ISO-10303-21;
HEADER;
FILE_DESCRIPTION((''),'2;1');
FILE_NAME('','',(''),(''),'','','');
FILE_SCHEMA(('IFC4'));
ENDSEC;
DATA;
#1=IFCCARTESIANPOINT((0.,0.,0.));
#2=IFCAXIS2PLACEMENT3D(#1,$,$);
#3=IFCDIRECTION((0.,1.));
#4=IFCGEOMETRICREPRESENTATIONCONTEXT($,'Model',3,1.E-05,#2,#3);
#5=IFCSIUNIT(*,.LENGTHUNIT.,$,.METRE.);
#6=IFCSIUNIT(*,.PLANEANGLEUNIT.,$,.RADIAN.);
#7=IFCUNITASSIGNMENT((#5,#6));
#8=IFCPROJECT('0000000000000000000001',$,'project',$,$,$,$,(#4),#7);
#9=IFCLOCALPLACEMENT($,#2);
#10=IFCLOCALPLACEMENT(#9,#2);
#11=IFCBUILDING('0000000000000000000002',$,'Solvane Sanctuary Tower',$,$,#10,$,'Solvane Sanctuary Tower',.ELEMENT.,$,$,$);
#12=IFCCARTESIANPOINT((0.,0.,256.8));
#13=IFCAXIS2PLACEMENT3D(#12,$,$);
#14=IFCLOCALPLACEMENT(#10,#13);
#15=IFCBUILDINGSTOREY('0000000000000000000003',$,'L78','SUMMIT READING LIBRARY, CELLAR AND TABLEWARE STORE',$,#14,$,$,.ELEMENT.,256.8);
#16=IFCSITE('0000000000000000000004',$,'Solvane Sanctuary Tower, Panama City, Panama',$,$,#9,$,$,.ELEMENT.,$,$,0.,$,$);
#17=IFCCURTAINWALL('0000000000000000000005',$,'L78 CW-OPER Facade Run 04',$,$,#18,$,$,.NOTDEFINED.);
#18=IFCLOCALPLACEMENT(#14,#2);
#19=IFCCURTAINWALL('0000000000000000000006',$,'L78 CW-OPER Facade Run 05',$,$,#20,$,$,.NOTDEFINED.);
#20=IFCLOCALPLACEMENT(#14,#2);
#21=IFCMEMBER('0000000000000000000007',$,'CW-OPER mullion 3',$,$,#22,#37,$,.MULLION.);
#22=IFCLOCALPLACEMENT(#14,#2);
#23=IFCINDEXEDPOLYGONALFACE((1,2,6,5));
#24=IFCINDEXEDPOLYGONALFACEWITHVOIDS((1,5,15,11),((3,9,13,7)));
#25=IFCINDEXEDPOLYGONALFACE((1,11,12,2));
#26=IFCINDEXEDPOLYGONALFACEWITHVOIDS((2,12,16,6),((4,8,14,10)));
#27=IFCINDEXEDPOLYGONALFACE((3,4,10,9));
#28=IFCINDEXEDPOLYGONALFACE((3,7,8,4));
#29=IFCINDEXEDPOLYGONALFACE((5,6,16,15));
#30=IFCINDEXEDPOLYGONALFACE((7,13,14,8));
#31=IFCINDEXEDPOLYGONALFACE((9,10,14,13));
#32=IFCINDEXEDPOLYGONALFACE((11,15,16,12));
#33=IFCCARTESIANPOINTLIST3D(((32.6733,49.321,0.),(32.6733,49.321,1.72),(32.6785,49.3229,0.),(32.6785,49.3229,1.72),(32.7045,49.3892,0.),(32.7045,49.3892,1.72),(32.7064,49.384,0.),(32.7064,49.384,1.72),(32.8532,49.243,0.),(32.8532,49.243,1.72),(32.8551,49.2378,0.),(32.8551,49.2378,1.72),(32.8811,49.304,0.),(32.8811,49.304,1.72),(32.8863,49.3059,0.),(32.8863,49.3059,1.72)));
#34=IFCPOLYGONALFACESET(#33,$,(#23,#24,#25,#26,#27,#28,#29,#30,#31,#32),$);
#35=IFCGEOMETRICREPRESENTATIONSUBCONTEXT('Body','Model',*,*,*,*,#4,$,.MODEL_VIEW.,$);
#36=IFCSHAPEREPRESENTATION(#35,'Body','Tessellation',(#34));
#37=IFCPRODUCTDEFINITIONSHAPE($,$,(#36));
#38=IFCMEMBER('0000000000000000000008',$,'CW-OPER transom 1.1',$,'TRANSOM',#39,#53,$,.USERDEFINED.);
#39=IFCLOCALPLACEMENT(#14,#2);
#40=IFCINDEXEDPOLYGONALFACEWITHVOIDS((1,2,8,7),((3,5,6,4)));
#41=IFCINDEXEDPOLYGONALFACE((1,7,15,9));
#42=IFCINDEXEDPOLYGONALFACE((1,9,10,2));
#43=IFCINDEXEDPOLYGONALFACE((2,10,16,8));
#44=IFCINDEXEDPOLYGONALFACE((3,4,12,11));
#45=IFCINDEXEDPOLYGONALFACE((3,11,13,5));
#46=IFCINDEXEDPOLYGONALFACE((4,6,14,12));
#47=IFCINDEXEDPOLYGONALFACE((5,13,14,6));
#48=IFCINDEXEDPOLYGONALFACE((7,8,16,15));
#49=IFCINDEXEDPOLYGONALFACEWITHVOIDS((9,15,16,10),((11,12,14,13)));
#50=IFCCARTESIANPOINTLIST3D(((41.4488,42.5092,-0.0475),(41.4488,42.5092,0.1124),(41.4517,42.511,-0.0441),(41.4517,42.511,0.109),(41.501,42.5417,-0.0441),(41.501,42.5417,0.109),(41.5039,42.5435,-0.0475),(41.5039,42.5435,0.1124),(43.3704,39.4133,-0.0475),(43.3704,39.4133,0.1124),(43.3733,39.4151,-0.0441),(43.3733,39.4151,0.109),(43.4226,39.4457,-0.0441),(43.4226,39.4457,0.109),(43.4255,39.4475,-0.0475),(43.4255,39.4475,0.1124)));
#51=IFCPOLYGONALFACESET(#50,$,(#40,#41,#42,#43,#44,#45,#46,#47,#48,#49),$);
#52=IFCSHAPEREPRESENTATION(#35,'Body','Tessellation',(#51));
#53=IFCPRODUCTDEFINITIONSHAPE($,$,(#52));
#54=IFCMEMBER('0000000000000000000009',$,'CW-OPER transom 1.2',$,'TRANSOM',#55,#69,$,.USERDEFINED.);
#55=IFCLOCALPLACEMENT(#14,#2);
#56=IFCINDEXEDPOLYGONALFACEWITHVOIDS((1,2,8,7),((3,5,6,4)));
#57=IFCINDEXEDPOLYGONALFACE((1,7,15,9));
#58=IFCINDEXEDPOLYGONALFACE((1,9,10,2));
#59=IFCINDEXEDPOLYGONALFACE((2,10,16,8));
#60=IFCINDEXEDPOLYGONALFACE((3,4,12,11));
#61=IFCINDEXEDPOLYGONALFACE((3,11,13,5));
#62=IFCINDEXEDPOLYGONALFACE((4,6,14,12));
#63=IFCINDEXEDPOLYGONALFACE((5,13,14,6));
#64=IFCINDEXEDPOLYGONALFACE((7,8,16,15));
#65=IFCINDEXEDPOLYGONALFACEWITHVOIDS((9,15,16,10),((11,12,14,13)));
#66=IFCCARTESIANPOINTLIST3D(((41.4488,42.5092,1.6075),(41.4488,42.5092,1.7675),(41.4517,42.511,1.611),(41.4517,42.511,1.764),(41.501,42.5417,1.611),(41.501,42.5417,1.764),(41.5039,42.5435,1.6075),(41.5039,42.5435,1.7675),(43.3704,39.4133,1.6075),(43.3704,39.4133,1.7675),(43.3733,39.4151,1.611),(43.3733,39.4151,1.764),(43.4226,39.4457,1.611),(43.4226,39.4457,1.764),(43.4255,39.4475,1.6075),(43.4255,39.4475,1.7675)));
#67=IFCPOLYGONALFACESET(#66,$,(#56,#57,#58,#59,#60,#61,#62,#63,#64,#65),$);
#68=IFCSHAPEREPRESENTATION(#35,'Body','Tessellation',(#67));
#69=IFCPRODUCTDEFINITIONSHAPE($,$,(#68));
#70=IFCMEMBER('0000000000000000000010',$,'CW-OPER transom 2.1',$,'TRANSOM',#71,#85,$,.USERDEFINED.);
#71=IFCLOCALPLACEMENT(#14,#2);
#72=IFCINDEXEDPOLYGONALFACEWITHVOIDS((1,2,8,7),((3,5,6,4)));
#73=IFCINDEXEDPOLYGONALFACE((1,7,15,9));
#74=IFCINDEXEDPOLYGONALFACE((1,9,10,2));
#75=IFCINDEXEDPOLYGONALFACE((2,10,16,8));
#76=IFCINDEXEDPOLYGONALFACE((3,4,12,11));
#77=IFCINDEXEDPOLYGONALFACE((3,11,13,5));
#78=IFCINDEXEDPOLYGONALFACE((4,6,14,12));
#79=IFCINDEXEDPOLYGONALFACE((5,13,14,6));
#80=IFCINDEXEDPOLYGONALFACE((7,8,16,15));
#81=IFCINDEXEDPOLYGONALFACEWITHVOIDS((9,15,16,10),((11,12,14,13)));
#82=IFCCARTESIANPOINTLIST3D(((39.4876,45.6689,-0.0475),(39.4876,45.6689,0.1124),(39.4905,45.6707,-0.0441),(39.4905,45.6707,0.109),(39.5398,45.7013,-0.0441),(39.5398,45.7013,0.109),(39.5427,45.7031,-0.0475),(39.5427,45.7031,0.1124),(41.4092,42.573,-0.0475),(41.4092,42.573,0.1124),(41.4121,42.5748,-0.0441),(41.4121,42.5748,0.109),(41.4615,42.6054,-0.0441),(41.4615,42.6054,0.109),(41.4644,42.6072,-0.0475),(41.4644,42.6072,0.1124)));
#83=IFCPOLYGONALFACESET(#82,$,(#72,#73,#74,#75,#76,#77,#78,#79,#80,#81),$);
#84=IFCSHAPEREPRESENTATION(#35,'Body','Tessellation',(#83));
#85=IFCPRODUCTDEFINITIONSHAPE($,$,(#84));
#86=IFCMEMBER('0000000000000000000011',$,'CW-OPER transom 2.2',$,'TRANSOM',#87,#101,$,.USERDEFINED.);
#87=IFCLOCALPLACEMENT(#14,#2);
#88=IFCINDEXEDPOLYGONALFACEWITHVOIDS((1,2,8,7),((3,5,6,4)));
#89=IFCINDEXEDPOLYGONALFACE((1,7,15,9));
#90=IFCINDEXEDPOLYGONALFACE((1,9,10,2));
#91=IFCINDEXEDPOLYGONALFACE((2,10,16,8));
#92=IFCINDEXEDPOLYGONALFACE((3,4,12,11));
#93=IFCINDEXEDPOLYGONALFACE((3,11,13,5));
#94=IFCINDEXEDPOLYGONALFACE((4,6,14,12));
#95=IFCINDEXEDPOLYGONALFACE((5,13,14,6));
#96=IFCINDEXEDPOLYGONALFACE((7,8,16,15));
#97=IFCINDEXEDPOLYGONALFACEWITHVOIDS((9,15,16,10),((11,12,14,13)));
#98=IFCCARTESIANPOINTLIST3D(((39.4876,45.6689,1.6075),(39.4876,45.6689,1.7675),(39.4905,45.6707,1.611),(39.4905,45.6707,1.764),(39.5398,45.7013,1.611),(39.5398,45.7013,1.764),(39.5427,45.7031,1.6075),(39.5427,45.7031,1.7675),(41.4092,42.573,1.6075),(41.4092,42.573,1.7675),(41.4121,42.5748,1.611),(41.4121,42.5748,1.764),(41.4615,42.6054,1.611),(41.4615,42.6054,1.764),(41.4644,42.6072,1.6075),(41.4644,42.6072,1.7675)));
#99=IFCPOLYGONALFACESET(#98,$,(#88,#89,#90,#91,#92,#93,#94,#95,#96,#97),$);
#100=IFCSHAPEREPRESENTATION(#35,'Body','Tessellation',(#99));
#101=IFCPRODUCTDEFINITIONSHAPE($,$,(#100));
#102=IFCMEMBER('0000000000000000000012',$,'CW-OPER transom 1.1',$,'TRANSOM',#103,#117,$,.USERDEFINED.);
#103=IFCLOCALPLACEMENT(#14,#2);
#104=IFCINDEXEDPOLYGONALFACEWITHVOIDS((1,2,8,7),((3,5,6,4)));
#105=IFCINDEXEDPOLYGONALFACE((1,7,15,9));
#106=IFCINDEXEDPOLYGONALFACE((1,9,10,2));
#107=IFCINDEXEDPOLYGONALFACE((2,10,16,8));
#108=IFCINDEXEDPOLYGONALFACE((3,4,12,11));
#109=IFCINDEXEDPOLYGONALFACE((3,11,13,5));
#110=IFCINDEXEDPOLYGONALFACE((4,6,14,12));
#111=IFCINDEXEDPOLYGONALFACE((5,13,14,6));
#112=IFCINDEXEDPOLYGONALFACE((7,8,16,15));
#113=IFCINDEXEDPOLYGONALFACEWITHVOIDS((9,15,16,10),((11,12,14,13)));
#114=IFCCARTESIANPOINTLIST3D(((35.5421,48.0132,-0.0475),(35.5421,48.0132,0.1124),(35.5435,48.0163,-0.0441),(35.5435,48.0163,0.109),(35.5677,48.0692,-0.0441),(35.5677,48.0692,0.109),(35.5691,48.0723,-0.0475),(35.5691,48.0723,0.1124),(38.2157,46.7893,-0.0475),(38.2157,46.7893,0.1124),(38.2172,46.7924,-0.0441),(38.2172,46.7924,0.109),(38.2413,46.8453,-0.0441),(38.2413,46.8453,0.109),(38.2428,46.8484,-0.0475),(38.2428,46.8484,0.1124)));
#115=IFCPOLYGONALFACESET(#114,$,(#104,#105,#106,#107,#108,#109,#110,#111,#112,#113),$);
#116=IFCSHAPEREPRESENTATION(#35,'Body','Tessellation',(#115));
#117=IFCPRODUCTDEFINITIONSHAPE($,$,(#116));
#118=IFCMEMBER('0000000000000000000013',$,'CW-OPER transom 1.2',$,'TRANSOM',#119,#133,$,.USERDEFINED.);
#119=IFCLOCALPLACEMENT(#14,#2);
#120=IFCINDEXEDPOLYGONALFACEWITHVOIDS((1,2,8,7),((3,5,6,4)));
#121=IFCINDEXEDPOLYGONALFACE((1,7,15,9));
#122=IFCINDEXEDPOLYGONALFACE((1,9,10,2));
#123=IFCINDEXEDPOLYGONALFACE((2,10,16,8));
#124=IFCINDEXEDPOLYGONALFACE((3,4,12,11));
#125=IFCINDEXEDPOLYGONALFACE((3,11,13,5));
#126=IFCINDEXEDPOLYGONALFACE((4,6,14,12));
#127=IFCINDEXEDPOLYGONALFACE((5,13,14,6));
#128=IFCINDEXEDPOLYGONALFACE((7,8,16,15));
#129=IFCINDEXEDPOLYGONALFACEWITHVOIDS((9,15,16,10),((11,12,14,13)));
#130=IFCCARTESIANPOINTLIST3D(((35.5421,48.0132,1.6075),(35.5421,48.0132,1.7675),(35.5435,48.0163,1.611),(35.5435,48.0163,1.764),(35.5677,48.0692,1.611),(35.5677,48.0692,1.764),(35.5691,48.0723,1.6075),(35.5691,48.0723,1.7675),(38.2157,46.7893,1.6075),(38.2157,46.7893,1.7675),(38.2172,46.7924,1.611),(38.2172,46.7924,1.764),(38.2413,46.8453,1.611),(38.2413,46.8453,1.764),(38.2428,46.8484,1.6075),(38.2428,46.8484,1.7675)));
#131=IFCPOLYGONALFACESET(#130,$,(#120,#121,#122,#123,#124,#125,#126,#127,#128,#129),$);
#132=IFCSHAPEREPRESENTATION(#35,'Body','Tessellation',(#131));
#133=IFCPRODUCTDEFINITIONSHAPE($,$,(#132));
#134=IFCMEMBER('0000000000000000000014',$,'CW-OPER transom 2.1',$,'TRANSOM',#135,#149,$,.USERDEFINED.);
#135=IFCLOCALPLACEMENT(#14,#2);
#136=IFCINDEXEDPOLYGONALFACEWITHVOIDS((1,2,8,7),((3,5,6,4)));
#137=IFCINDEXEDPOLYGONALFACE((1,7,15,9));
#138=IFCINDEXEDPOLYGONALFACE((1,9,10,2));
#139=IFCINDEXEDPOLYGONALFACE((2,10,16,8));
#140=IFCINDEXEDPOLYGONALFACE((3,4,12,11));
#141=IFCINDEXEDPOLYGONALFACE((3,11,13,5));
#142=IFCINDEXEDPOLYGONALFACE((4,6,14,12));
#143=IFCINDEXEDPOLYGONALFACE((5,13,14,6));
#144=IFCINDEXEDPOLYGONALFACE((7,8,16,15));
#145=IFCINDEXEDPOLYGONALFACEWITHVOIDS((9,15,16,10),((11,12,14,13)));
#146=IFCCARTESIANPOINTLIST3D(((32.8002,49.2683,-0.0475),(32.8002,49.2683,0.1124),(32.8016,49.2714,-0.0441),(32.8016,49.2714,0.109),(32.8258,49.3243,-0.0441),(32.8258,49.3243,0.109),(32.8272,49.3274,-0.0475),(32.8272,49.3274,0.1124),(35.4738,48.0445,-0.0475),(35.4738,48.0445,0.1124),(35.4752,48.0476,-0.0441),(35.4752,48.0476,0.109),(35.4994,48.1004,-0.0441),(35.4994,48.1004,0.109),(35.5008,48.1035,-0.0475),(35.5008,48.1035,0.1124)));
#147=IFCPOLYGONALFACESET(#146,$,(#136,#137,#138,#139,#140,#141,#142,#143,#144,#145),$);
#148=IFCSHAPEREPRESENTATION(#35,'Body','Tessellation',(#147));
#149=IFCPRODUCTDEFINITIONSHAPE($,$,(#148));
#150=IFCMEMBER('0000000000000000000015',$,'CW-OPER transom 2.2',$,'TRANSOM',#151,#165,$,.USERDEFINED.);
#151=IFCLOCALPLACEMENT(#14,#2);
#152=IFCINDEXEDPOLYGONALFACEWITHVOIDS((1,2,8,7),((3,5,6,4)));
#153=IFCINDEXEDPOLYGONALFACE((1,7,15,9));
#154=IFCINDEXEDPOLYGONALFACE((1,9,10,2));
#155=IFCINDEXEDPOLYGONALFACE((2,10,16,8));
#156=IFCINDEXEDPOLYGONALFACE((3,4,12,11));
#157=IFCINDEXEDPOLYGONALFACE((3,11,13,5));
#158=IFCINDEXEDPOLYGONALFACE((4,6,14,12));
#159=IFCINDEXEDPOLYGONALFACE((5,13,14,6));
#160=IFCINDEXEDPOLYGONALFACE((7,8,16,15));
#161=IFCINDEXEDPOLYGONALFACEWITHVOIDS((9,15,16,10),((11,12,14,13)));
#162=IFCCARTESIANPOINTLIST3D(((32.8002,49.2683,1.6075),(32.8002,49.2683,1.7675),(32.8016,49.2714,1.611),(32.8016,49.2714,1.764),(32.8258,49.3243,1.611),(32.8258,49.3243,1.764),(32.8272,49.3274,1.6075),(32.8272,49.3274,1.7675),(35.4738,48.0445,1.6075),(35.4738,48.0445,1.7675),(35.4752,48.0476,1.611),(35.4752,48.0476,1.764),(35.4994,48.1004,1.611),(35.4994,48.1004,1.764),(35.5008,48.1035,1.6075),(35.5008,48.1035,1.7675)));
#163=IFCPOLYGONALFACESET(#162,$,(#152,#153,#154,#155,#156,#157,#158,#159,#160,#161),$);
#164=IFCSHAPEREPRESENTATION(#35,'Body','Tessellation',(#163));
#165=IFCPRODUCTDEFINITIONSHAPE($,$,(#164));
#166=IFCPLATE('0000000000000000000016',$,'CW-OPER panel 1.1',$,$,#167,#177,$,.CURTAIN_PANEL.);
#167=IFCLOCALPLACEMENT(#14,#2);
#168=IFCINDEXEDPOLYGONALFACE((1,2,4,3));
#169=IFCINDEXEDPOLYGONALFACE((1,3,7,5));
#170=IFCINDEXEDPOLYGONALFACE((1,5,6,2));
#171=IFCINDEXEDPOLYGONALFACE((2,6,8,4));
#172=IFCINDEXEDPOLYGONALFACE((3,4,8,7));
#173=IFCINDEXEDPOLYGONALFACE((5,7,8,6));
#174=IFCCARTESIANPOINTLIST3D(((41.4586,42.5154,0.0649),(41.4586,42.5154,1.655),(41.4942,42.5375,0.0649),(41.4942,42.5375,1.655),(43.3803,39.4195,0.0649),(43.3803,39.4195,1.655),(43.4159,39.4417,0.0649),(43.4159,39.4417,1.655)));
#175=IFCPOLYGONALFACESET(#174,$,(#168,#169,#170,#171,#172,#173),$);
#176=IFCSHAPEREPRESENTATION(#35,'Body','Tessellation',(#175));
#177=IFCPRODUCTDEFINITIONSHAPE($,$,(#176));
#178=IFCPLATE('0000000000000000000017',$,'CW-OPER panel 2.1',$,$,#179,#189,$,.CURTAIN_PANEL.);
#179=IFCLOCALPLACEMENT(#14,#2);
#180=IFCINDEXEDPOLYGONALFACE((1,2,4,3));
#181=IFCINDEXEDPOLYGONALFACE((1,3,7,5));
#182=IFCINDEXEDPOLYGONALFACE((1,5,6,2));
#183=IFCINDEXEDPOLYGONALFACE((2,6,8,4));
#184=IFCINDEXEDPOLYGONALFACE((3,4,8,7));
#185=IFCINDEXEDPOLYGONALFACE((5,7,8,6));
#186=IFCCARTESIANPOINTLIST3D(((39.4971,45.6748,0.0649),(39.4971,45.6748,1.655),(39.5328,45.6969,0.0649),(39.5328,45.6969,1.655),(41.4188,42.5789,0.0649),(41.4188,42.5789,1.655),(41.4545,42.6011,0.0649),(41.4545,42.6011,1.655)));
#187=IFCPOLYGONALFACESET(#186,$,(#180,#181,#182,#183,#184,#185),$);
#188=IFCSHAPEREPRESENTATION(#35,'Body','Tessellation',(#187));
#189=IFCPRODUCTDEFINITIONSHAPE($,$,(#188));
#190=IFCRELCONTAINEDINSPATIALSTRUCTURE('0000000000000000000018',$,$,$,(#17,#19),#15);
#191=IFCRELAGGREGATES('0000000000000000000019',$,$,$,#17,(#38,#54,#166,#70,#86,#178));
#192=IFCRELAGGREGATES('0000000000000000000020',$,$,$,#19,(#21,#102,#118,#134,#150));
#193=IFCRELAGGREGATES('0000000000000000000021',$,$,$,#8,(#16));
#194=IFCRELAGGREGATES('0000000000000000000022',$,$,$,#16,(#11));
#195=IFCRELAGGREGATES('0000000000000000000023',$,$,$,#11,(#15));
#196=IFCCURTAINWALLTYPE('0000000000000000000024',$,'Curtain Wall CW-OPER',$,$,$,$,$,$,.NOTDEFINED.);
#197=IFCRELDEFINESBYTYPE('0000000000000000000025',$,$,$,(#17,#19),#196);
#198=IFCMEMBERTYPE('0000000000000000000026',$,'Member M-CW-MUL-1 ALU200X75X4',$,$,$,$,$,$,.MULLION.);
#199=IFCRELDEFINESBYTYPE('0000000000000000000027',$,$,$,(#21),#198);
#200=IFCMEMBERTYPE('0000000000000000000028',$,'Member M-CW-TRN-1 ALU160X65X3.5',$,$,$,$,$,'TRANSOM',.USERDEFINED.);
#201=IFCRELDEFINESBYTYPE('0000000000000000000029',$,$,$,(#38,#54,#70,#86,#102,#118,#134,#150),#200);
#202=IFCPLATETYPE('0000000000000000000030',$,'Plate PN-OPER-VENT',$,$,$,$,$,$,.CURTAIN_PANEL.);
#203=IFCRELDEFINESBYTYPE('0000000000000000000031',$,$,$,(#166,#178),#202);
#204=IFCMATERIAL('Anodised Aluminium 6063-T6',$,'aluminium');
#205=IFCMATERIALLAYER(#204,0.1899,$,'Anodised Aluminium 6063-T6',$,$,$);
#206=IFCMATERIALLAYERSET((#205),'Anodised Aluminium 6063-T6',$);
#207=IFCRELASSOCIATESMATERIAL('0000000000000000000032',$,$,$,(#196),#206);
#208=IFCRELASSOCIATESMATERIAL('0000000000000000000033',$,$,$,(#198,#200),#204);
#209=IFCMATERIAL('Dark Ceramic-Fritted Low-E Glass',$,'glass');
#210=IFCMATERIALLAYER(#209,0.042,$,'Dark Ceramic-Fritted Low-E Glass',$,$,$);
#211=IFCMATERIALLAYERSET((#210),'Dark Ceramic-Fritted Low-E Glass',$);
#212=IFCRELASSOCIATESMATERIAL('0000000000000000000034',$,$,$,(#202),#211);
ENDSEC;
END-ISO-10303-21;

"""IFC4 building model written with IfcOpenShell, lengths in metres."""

from ifc_helpers import new_model, si_unit, direction, frame, origin, origin_2d, place, context, subcontext, project, spatial, rectangle, hollow_rectangle, extrude, material, layer, layer_set, material_profile, profile_set, type_object, element, aggregate, save


model = new_model("IFC4")

# Units and contexts
model_context = context("Model", 3, precision=1e-05, world=origin(), true_north=direction((0.0, 1.0)))
body_context = subcontext(model_context, "Body", "Model", "MODEL_VIEW")
ifc_project = project(units=[si_unit("LENGTHUNIT", "METRE"), si_unit("PLANEANGLEUNIT", "RADIAN")], contexts=[model_context])

# Site, building, storey
site_placement = place(None, origin())
site = spatial("IfcSite", under=ifc_project, at=site_placement, Name="Solvane Sanctuary Tower, Panama City, Panama", CompositionType="ELEMENT", RefElevation=0.0)
building_placement = place(site_placement, origin())
building = spatial("IfcBuilding", under=site, at=building_placement, Name="Solvane Sanctuary Tower", LongName="Solvane Sanctuary Tower", CompositionType="ELEMENT")
storey_placement = place(building_placement, frame((0.0, 0.0, 256.8)))
storey = spatial("IfcBuildingStorey", under=building, at=storey_placement, Name="L78", Description="SUMMIT READING LIBRARY, CELLAR AND TABLEWARE STORE", CompositionType="ELEMENT", Elevation=256.8)

# Curtain walls, member
ifc_material_1 = material(Name="Anodised Aluminium 6063-T6", Category="aluminium")
ifc_layer_1 = layer(ifc_material_1, 0.1899, Name="Anodised Aluminium 6063-T6")
ifc_layer_set_1 = layer_set([ifc_layer_1], Name="Anodised Aluminium 6063-T6")
curtain_wall_type = type_object("IfcCurtainWallType", Name="Curtain Wall CW-OPER", PredefinedType="NOTDEFINED", material=ifc_layer_set_1)
curtain_wall_1_placement = place(storey_placement, origin())
curtain_wall_1 = element("IfcCurtainWall", 1, at=curtain_wall_1_placement, inside=storey, type_object=curtain_wall_type, Name="L78 CW-OPER Facade Run 04", PredefinedType="NOTDEFINED")
ifc_material_profile_1 = material_profile(ifc_material_1, hollow_rectangle(XDim=0.075, YDim=0.2, WallThickness=0.0039, at=origin_2d()), Name="ALU200X75X4")
ifc_profile_set_1 = profile_set([ifc_material_profile_1], Name="Anodised Aluminium 6063-T6")
member_type_1 = type_object("IfcMemberType", Name="Member M-CW-MUL-1 ALU200X75X4", PredefinedType="MULLION", material=ifc_profile_set_1)
curtain_wall_2_placement = place(storey_placement, origin())
curtain_wall_2 = element("IfcCurtainWall", 2, at=curtain_wall_2_placement, inside=storey, type_object=curtain_wall_type, Name="L78 CW-OPER Facade Run 05", PredefinedType="NOTDEFINED")
member_1_placement = place(storey_placement, frame((32.7798, 49.3135, 0.0), z_axis=(0.0, 0.0, 1.0), x_axis=(-0.416225, -0.909262, 0.0)))
member_1 = element("IfcMember", 3, at=member_1_placement, type_object=member_type_1, Name="CW-OPER mullion 3", PredefinedType="MULLION", context=body_context, shape_type="SweptSolid", body=[
    extrude(hollow_rectangle(XDim=0.075, YDim=0.2, WallThickness=0.0039, at=origin_2d()), origin(), (0.0, 0.0, 1.0), 1.72),
])

# Members
ifc_material_profile_2 = material_profile(ifc_material_1, hollow_rectangle(XDim=0.0649, YDim=0.1599, WallThickness=0.0034, at=origin_2d()), Name="ALU160X65X3.5")
ifc_profile_set_2 = profile_set([ifc_material_profile_2], Name="Anodised Aluminium 6063-T6")
member_type_2 = type_object("IfcMemberType", Name="Member M-CW-TRN-1 ALU160X65X3.5", ElementType="TRANSOM", PredefinedType="USERDEFINED", material=ifc_profile_set_2)
member_2_placement = place(storey_placement, frame((43.3979, 39.4304, 0.0325), z_axis=(-0.527365, 0.849639, 0.0), x_axis=(-0.849639, -0.527365, 0.0)))
member_2 = element("IfcMember", 4, at=member_2_placement, type_object=member_type_2, Name="CW-OPER transom 1.1", ObjectType="TRANSOM", PredefinedType="USERDEFINED", context=body_context, shape_type="SweptSolid", body=[
    extrude(hollow_rectangle(XDim=0.0649, YDim=0.1599, WallThickness=0.0034, at=origin_2d()), origin(), (0.0, 0.0, 1.0), 3.6438),
])
member_3_placement = place(storey_placement, frame((43.3979, 39.4304, 1.6875), z_axis=(-0.527365, 0.849639, 0.0), x_axis=(-0.849639, -0.527365, 0.0)))
member_3 = element("IfcMember", 5, at=member_3_placement, type_object=member_type_2, Name="CW-OPER transom 1.2", ObjectType="TRANSOM", PredefinedType="USERDEFINED", context=body_context, shape_type="SweptSolid", body=[
    extrude(hollow_rectangle(XDim=0.0649, YDim=0.1599, WallThickness=0.0034, at=origin_2d()), origin(), (0.0, 0.0, 1.0), 3.6438),
])
member_4_placement = place(storey_placement, frame((41.4368, 42.5901, 0.0325), z_axis=(-0.527365, 0.849639, 0.0), x_axis=(-0.849639, -0.527365, 0.0)))
member_4 = element("IfcMember", 6, at=member_4_placement, type_object=member_type_2, Name="CW-OPER transom 2.1", ObjectType="TRANSOM", PredefinedType="USERDEFINED", context=body_context, shape_type="SweptSolid", body=[
    extrude(hollow_rectangle(XDim=0.0649, YDim=0.1599, WallThickness=0.0034, at=origin_2d()), origin(), (0.0, 0.0, 1.0), 3.6438),
])
member_5_placement = place(storey_placement, frame((41.4368, 42.5901, 1.6875), z_axis=(-0.527365, 0.849639, 0.0), x_axis=(-0.849639, -0.527365, 0.0)))
member_5 = element("IfcMember", 7, at=member_5_placement, type_object=member_type_2, Name="CW-OPER transom 2.2", ObjectType="TRANSOM", PredefinedType="USERDEFINED", context=body_context, shape_type="SweptSolid", body=[
    extrude(hollow_rectangle(XDim=0.0649, YDim=0.1599, WallThickness=0.0034, at=origin_2d()), origin(), (0.0, 0.0, 1.0), 3.6438),
])
member_6_placement = place(storey_placement, frame((38.2292, 46.8188, 0.0325), z_axis=(-0.90926, 0.416229, 0.0), x_axis=(-0.416229, -0.90926, 0.0)))
member_6 = element("IfcMember", 8, at=member_6_placement, type_object=member_type_2, Name="CW-OPER transom 1.1", ObjectType="TRANSOM", PredefinedType="USERDEFINED", context=body_context, shape_type="SweptSolid", body=[
    extrude(hollow_rectangle(XDim=0.0649, YDim=0.1599, WallThickness=0.0034, at=origin_2d()), origin(), (0.0, 0.0, 1.0), 2.9404),
])
member_7_placement = place(storey_placement, frame((38.2292, 46.8188, 1.6875), z_axis=(-0.90926, 0.416229, 0.0), x_axis=(-0.416229, -0.90926, 0.0)))
member_7 = element("IfcMember", 9, at=member_7_placement, type_object=member_type_2, Name="CW-OPER transom 1.2", ObjectType="TRANSOM", PredefinedType="USERDEFINED", context=body_context, shape_type="SweptSolid", body=[
    extrude(hollow_rectangle(XDim=0.0649, YDim=0.1599, WallThickness=0.0034, at=origin_2d()), origin(), (0.0, 0.0, 1.0), 2.9404),
])
member_8_placement = place(storey_placement, frame((35.4873, 48.074, 0.0325), z_axis=(-0.90926, 0.416229, 0.0), x_axis=(-0.416229, -0.90926, 0.0)))
member_8 = element("IfcMember", 10, at=member_8_placement, type_object=member_type_2, Name="CW-OPER transom 2.1", ObjectType="TRANSOM", PredefinedType="USERDEFINED", context=body_context, shape_type="SweptSolid", body=[
    extrude(hollow_rectangle(XDim=0.0649, YDim=0.1599, WallThickness=0.0034, at=origin_2d()), origin(), (0.0, 0.0, 1.0), 2.9404),
])
member_9_placement = place(storey_placement, frame((35.4873, 48.074, 1.6875), z_axis=(-0.90926, 0.416229, 0.0), x_axis=(-0.416229, -0.90926, 0.0)))
member_9 = element("IfcMember", 11, at=member_9_placement, type_object=member_type_2, Name="CW-OPER transom 2.2", ObjectType="TRANSOM", PredefinedType="USERDEFINED", context=body_context, shape_type="SweptSolid", body=[
    extrude(hollow_rectangle(XDim=0.0649, YDim=0.1599, WallThickness=0.0034, at=origin_2d()), origin(), (0.0, 0.0, 1.0), 2.9404),
])

# Plates
ifc_material_2 = material(Name="Dark Ceramic-Fritted Low-E Glass", Category="glass")
ifc_layer_2 = layer(ifc_material_2, 0.042, Name="Dark Ceramic-Fritted Low-E Glass")
ifc_layer_set_2 = layer_set([ifc_layer_2], Name="Dark Ceramic-Fritted Low-E Glass")
plate_type = type_object("IfcPlateType", Name="Plate PN-OPER-VENT", PredefinedType="CURTAIN_PANEL", material=ifc_layer_set_2)
plate_1_placement = place(storey_placement, frame((42.4373, 40.9785, 0.0649), z_axis=(0.0, 0.0, 1.0), x_axis=(-0.527392, 0.849622, 0.0)))
plate_1 = element("IfcPlate", 12, at=plate_1_placement, type_object=plate_type, Name="CW-OPER panel 1.1", PredefinedType="CURTAIN_PANEL", context=body_context, shape_type="SweptSolid", body=[
    extrude(rectangle(XDim=3.6438, YDim=0.042, at=origin_2d()), origin(), (0.0, 0.0, 1.0), 1.5901),
])
plate_2_placement = place(storey_placement, frame((40.4758, 44.1379, 0.0649), z_axis=(0.0, 0.0, 1.0), x_axis=(-0.527392, 0.849622, 0.0)))
plate_2 = element("IfcPlate", 13, at=plate_2_placement, type_object=plate_type, Name="CW-OPER panel 2.1", PredefinedType="CURTAIN_PANEL", context=body_context, shape_type="SweptSolid", body=[
    extrude(rectangle(XDim=3.6438, YDim=0.042, at=origin_2d()), origin(), (0.0, 0.0, 1.0), 1.5901),
])
aggregate(curtain_wall_1, [member_2, member_3, plate_1, member_4, member_5, plate_2])
aggregate(curtain_wall_2, [member_1, member_6, member_7, member_8, member_9])

save(model, "model.ifc")
